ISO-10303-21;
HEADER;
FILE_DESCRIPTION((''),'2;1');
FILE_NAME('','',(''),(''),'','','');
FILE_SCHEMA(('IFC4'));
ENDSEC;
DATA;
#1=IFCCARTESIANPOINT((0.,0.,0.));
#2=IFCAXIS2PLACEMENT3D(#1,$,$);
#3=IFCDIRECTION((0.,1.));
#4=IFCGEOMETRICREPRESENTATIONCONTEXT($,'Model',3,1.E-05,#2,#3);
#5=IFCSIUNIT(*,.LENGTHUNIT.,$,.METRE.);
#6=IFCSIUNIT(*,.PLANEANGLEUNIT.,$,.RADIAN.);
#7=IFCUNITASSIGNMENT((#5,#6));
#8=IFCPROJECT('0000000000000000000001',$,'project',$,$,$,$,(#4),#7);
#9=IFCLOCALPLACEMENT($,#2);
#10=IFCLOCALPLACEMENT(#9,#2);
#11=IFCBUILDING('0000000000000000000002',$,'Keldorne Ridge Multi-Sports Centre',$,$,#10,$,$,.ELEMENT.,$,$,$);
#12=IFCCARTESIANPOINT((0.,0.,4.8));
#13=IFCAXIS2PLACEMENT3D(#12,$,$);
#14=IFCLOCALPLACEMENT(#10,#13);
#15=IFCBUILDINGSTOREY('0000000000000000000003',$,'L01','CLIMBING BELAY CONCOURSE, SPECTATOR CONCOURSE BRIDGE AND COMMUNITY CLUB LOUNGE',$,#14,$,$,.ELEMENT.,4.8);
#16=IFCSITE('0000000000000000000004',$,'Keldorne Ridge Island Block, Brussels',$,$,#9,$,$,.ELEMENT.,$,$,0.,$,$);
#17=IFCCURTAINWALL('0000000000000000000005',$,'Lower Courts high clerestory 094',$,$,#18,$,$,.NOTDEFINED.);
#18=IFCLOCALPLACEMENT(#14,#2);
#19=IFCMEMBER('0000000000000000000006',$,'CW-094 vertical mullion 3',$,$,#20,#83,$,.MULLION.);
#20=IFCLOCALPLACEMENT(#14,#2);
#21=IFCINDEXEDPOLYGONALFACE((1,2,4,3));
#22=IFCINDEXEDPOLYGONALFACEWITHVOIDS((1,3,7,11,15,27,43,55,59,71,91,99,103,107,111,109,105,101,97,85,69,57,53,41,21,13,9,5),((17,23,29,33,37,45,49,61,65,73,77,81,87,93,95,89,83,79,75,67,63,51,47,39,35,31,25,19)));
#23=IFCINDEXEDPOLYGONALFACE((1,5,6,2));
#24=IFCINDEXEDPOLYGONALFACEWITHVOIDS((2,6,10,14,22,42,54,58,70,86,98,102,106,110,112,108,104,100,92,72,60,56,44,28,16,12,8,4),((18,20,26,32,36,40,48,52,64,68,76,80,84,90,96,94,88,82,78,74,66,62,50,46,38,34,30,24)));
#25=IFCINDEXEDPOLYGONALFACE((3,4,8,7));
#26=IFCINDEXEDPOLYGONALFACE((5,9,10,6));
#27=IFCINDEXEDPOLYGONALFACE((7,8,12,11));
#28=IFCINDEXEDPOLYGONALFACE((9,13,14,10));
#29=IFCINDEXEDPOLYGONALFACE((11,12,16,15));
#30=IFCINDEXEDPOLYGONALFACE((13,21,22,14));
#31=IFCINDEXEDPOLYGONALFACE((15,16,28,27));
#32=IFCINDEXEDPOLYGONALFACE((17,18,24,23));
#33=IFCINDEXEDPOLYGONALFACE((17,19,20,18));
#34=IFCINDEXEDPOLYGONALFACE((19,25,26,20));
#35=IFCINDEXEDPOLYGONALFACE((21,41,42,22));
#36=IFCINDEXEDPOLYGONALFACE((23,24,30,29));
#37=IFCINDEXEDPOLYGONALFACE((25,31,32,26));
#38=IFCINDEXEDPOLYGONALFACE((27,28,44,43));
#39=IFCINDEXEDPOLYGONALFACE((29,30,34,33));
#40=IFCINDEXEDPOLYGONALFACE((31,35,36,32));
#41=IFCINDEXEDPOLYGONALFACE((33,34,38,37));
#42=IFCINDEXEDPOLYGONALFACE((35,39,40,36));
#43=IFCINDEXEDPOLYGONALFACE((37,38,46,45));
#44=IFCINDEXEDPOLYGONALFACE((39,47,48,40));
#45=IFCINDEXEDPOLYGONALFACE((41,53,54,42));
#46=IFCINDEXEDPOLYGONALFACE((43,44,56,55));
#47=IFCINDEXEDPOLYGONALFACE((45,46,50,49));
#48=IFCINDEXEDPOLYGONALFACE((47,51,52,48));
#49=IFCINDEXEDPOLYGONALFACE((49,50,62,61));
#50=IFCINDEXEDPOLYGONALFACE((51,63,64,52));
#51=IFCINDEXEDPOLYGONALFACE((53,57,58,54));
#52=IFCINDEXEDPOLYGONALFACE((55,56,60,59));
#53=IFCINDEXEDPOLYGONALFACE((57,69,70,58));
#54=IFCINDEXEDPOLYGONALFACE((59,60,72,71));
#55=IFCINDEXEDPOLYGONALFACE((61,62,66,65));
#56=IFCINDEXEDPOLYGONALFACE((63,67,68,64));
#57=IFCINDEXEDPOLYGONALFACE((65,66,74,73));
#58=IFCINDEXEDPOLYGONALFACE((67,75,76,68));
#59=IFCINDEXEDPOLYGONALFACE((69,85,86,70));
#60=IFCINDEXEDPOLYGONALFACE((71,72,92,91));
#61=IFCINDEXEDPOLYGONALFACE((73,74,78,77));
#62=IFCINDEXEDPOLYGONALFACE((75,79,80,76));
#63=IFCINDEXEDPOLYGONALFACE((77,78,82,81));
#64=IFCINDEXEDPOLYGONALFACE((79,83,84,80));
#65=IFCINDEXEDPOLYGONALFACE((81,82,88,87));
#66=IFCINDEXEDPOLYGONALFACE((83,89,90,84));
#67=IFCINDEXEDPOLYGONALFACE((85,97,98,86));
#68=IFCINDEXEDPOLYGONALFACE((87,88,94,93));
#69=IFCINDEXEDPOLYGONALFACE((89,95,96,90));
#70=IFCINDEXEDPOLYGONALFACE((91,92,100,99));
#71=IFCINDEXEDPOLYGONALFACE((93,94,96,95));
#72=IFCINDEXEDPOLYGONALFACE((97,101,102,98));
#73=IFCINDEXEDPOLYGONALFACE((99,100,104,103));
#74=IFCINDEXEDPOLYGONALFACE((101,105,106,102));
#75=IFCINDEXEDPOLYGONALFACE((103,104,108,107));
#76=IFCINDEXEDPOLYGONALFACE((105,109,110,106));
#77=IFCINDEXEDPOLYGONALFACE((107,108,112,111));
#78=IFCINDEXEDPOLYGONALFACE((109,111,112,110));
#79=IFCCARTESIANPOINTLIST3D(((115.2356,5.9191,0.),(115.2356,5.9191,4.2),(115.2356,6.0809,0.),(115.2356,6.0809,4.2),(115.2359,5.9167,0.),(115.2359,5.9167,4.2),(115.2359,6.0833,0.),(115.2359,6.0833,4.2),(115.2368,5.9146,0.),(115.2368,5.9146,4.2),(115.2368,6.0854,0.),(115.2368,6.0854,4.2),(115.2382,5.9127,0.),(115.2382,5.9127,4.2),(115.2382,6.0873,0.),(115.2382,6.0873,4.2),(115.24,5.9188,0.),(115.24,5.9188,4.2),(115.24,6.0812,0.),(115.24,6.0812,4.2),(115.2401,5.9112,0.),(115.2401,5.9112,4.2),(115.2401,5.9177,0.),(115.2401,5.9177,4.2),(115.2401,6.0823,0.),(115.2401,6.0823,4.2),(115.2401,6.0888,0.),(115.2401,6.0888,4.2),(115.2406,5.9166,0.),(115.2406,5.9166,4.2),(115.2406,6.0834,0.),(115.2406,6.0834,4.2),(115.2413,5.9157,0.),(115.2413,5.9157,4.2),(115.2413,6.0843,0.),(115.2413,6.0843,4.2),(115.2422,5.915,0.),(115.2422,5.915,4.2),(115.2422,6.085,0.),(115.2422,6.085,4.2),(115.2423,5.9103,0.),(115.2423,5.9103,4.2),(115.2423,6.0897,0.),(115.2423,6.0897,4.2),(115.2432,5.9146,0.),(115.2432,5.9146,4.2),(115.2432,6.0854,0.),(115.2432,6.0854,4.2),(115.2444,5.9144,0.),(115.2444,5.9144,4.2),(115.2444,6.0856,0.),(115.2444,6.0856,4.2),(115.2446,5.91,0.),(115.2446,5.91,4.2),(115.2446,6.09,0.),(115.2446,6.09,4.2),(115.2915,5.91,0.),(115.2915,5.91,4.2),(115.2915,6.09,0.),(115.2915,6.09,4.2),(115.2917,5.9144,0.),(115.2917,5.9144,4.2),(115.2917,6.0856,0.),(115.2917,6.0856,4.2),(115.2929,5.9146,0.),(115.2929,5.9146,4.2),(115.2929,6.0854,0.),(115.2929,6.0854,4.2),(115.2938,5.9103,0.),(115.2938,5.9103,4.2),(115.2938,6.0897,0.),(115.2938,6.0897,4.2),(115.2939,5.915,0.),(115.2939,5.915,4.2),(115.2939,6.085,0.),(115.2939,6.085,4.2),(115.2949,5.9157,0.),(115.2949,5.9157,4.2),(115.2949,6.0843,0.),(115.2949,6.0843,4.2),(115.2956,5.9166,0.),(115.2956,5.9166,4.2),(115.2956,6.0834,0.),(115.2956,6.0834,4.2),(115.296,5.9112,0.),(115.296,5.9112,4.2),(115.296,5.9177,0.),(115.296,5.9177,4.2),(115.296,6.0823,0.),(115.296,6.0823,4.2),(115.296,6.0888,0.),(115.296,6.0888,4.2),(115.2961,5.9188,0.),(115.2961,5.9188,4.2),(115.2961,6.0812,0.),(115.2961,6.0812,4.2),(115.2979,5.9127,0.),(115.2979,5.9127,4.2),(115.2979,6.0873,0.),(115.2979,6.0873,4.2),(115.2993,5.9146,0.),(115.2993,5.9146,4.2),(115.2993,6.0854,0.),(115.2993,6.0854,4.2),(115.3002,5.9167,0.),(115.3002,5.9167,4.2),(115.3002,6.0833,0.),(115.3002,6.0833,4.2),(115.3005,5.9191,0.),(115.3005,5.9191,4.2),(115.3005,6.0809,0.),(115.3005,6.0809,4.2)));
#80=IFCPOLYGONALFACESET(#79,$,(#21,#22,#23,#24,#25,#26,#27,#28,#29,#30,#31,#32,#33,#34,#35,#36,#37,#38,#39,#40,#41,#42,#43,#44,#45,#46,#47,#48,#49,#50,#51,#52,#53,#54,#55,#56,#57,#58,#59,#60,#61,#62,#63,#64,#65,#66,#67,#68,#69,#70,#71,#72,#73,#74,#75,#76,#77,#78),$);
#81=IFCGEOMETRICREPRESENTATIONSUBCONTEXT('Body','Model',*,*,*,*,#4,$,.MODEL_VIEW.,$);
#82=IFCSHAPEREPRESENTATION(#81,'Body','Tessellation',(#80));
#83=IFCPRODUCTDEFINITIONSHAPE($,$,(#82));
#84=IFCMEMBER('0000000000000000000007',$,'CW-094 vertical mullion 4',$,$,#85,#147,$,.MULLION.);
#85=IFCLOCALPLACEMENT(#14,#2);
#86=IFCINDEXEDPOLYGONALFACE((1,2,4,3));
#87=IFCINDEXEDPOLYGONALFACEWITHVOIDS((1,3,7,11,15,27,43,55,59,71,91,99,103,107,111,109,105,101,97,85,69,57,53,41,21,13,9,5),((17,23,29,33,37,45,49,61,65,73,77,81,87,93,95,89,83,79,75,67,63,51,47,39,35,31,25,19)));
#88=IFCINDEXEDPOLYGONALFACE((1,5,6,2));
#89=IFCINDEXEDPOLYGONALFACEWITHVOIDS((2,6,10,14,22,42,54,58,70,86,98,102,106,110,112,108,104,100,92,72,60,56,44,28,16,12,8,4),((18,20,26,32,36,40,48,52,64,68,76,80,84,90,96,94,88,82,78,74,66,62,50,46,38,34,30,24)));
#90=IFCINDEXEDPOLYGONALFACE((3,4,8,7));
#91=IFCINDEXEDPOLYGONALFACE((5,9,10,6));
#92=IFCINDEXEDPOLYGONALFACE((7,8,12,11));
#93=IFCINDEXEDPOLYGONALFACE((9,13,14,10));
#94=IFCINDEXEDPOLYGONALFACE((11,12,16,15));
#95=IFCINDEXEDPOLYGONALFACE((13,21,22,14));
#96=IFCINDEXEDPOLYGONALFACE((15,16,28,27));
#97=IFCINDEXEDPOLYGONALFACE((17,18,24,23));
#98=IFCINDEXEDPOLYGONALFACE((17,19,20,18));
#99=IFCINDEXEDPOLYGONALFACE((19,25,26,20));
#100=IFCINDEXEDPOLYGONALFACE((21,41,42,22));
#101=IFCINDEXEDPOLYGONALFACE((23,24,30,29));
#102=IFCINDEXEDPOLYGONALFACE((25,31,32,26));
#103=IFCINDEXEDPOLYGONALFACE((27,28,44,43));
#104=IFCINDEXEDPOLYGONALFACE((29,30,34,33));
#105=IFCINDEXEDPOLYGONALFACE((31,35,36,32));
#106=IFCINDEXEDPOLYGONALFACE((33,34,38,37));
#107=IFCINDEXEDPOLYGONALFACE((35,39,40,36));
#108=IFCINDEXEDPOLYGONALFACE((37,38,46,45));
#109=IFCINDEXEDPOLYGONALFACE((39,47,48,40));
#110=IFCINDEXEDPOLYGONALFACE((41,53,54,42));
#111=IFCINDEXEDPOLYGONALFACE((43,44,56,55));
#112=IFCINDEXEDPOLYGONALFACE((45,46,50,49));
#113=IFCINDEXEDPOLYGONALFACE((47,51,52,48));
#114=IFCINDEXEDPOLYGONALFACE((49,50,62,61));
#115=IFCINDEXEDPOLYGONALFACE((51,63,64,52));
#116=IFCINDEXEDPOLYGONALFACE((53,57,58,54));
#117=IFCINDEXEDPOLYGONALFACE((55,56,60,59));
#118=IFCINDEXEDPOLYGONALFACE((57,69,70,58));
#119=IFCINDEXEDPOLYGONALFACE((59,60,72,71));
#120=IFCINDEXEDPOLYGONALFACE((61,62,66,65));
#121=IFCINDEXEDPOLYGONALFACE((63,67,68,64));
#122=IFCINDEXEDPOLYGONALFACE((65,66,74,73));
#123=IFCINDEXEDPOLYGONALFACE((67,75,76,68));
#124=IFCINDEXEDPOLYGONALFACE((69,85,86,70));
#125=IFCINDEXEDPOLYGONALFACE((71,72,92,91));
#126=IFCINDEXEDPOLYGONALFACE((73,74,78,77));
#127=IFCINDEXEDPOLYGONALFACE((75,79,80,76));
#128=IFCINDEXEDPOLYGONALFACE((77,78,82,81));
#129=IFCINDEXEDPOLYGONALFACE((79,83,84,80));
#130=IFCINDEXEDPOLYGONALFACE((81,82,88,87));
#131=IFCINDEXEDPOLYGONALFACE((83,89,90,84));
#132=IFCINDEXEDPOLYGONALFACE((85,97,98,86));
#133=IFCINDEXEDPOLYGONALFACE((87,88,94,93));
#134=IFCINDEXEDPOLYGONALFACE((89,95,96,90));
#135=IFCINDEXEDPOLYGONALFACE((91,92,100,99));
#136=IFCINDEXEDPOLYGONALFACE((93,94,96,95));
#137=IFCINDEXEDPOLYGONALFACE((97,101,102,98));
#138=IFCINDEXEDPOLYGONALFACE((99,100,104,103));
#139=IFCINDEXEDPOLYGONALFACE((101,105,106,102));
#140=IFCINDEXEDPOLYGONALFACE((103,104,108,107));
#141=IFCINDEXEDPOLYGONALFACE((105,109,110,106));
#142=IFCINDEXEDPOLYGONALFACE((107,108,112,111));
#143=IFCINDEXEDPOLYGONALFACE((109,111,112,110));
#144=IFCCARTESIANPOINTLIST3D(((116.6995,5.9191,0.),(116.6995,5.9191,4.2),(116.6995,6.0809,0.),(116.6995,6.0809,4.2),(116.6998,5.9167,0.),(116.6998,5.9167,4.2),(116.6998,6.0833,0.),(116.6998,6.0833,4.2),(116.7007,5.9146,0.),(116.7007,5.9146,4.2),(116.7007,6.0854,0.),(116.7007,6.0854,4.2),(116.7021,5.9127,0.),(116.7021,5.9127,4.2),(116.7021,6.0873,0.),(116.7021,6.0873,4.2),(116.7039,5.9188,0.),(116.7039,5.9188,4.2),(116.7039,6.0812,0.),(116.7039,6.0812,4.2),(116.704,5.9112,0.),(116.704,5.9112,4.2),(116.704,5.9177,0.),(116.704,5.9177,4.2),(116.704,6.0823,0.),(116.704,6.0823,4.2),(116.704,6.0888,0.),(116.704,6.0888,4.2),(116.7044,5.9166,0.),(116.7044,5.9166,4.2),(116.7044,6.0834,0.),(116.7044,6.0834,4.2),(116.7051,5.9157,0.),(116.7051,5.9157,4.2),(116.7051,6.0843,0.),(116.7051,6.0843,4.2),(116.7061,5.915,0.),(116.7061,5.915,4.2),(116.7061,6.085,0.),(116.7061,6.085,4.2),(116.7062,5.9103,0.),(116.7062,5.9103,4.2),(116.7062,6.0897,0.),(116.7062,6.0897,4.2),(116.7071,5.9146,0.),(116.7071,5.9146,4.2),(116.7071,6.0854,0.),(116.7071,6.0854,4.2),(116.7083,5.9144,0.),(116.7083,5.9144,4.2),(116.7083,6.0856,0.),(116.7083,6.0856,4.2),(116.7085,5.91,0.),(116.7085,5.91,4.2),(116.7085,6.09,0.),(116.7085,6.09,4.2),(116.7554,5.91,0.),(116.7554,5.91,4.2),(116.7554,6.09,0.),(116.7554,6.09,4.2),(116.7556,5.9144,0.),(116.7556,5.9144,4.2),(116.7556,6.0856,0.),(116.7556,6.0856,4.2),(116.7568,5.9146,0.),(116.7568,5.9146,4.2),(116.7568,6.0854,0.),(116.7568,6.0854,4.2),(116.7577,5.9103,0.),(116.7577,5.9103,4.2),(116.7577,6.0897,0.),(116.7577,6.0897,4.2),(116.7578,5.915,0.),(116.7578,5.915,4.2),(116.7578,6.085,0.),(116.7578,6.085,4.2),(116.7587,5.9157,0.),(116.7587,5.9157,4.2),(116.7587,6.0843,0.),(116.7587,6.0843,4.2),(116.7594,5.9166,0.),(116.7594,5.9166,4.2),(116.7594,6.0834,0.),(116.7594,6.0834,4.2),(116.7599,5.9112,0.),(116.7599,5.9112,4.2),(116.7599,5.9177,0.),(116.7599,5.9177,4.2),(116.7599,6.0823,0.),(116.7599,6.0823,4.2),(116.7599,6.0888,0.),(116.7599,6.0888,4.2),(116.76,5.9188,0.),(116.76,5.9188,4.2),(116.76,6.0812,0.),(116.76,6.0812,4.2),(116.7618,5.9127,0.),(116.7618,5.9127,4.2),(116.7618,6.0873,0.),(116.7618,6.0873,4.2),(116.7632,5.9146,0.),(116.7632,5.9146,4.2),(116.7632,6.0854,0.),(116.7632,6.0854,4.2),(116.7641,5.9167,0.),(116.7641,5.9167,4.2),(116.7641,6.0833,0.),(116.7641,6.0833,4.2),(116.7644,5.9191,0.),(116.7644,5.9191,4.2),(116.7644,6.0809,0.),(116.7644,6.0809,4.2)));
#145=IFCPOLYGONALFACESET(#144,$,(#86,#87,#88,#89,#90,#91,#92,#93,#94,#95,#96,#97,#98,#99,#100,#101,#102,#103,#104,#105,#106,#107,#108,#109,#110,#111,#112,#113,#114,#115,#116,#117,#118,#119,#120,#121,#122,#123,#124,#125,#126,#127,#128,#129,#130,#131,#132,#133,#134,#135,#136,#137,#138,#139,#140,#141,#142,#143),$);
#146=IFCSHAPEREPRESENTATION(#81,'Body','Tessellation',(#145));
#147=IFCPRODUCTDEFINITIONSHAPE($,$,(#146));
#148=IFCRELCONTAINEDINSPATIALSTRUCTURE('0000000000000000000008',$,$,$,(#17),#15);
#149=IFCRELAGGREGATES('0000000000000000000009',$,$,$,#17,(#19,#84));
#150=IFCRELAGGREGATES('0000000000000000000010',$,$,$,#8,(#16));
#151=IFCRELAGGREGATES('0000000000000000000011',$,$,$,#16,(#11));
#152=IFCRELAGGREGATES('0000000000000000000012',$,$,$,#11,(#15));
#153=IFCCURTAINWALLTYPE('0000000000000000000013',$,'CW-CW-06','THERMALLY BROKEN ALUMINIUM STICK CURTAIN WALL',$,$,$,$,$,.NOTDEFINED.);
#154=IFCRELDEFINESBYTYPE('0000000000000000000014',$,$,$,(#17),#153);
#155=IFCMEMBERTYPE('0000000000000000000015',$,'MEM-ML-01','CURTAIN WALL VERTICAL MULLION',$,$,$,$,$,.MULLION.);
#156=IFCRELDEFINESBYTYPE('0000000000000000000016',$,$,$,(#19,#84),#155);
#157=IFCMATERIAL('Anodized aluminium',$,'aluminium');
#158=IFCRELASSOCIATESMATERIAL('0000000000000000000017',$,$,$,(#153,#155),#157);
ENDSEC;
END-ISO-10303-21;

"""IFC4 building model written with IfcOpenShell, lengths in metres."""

from ifc_helpers import new_model, si_unit, direction, frame, origin, origin_2d, place, context, subcontext, project, spatial, hollow_rectangle, extrude, material, material_profile, profile_set, type_object, element, aggregate, save


model = new_model("IFC4")

# Units and contexts
model_context = context("Model", 3, precision=1e-05, world=origin(), true_north=direction((0.0, 1.0)))
body_context = subcontext(model_context, "Body", "Model", "MODEL_VIEW")
ifc_project = project(units=[si_unit("LENGTHUNIT", "METRE"), si_unit("PLANEANGLEUNIT", "RADIAN")], contexts=[model_context])

# Site, building, storey
site_placement = place(None, origin())
site = spatial("IfcSite", under=ifc_project, at=site_placement, Name="Keldorne Ridge Island Block, Brussels", CompositionType="ELEMENT", RefElevation=0.0)
building_placement = place(site_placement, origin())
building = spatial("IfcBuilding", under=site, at=building_placement, Name="Keldorne Ridge Multi-Sports Centre", CompositionType="ELEMENT")
storey_placement = place(building_placement, frame((0.0, 0.0, 4.8)))
storey = spatial("IfcBuildingStorey", under=building, at=storey_placement, Name="L01", Description="CLIMBING BELAY CONCOURSE, SPECTATOR CONCOURSE BRIDGE AND COMMUNITY CLUB LOUNGE", CompositionType="ELEMENT", Elevation=4.8)

# Curtain wall, members
ifc_material_1 = material(Name="Anodized aluminium", Category="aluminium")
curtain_wall_type = type_object("IfcCurtainWallType", Name="CW-CW-06", Description="THERMALLY BROKEN ALUMINIUM STICK CURTAIN WALL", PredefinedType="NOTDEFINED", material=ifc_material_1)
curtain_wall_placement = place(storey_placement, origin())
curtain_wall = element("IfcCurtainWall", 1, at=curtain_wall_placement, inside=storey, type_object=curtain_wall_type, Name="Lower Courts high clerestory 094", PredefinedType="NOTDEFINED")
ifc_material_profile_1 = material_profile(ifc_material_1, hollow_rectangle(XDim=0.0649, YDim=0.1799, WallThickness=0.0044, InnerFilletRadius=0.0044, OuterFilletRadius=0.009, at=origin_2d()), Name="ALU MULLION 180x65x4.5")
ifc_profile_set_1 = profile_set([ifc_material_profile_1], Name="Anodized aluminium")
member_type_1 = type_object("IfcMemberType", Name="MEM-ML-01", Description="CURTAIN WALL VERTICAL MULLION", PredefinedType="MULLION", material=ifc_profile_set_1)
member_1_placement = place(storey_placement, frame((115.2681, 6.0, 0.0), z_axis=(0.0, 0.0, 1.0), x_axis=(1.0, 0.0, 0.0)))
member_1 = element("IfcMember", 2, at=member_1_placement, type_object=member_type_1, Name="CW-094 vertical mullion 3", PredefinedType="MULLION", context=body_context, shape_type="SweptSolid", body=[
    extrude(hollow_rectangle(XDim=0.0649, YDim=0.1799, WallThickness=0.0044, InnerFilletRadius=0.0044, OuterFilletRadius=0.009, at=origin_2d()), origin(), (0.0, 0.0, 1.0), 4.2),
])
member_2_placement = place(storey_placement, frame((116.7319, 6.0, 0.0), z_axis=(0.0, 0.0, 1.0), x_axis=(1.0, 0.0, 0.0)))
member_2 = element("IfcMember", 3, at=member_2_placement, type_object=member_type_1, Name="CW-094 vertical mullion 4", PredefinedType="MULLION", context=body_context, shape_type="SweptSolid", body=[
    extrude(hollow_rectangle(XDim=0.0649, YDim=0.1799, WallThickness=0.0044, InnerFilletRadius=0.0044, OuterFilletRadius=0.009, at=origin_2d()), origin(), (0.0, 0.0, 1.0), 4.2),
])

aggregate(curtain_wall, [member_1, member_2])

save(model, "model.ifc")
